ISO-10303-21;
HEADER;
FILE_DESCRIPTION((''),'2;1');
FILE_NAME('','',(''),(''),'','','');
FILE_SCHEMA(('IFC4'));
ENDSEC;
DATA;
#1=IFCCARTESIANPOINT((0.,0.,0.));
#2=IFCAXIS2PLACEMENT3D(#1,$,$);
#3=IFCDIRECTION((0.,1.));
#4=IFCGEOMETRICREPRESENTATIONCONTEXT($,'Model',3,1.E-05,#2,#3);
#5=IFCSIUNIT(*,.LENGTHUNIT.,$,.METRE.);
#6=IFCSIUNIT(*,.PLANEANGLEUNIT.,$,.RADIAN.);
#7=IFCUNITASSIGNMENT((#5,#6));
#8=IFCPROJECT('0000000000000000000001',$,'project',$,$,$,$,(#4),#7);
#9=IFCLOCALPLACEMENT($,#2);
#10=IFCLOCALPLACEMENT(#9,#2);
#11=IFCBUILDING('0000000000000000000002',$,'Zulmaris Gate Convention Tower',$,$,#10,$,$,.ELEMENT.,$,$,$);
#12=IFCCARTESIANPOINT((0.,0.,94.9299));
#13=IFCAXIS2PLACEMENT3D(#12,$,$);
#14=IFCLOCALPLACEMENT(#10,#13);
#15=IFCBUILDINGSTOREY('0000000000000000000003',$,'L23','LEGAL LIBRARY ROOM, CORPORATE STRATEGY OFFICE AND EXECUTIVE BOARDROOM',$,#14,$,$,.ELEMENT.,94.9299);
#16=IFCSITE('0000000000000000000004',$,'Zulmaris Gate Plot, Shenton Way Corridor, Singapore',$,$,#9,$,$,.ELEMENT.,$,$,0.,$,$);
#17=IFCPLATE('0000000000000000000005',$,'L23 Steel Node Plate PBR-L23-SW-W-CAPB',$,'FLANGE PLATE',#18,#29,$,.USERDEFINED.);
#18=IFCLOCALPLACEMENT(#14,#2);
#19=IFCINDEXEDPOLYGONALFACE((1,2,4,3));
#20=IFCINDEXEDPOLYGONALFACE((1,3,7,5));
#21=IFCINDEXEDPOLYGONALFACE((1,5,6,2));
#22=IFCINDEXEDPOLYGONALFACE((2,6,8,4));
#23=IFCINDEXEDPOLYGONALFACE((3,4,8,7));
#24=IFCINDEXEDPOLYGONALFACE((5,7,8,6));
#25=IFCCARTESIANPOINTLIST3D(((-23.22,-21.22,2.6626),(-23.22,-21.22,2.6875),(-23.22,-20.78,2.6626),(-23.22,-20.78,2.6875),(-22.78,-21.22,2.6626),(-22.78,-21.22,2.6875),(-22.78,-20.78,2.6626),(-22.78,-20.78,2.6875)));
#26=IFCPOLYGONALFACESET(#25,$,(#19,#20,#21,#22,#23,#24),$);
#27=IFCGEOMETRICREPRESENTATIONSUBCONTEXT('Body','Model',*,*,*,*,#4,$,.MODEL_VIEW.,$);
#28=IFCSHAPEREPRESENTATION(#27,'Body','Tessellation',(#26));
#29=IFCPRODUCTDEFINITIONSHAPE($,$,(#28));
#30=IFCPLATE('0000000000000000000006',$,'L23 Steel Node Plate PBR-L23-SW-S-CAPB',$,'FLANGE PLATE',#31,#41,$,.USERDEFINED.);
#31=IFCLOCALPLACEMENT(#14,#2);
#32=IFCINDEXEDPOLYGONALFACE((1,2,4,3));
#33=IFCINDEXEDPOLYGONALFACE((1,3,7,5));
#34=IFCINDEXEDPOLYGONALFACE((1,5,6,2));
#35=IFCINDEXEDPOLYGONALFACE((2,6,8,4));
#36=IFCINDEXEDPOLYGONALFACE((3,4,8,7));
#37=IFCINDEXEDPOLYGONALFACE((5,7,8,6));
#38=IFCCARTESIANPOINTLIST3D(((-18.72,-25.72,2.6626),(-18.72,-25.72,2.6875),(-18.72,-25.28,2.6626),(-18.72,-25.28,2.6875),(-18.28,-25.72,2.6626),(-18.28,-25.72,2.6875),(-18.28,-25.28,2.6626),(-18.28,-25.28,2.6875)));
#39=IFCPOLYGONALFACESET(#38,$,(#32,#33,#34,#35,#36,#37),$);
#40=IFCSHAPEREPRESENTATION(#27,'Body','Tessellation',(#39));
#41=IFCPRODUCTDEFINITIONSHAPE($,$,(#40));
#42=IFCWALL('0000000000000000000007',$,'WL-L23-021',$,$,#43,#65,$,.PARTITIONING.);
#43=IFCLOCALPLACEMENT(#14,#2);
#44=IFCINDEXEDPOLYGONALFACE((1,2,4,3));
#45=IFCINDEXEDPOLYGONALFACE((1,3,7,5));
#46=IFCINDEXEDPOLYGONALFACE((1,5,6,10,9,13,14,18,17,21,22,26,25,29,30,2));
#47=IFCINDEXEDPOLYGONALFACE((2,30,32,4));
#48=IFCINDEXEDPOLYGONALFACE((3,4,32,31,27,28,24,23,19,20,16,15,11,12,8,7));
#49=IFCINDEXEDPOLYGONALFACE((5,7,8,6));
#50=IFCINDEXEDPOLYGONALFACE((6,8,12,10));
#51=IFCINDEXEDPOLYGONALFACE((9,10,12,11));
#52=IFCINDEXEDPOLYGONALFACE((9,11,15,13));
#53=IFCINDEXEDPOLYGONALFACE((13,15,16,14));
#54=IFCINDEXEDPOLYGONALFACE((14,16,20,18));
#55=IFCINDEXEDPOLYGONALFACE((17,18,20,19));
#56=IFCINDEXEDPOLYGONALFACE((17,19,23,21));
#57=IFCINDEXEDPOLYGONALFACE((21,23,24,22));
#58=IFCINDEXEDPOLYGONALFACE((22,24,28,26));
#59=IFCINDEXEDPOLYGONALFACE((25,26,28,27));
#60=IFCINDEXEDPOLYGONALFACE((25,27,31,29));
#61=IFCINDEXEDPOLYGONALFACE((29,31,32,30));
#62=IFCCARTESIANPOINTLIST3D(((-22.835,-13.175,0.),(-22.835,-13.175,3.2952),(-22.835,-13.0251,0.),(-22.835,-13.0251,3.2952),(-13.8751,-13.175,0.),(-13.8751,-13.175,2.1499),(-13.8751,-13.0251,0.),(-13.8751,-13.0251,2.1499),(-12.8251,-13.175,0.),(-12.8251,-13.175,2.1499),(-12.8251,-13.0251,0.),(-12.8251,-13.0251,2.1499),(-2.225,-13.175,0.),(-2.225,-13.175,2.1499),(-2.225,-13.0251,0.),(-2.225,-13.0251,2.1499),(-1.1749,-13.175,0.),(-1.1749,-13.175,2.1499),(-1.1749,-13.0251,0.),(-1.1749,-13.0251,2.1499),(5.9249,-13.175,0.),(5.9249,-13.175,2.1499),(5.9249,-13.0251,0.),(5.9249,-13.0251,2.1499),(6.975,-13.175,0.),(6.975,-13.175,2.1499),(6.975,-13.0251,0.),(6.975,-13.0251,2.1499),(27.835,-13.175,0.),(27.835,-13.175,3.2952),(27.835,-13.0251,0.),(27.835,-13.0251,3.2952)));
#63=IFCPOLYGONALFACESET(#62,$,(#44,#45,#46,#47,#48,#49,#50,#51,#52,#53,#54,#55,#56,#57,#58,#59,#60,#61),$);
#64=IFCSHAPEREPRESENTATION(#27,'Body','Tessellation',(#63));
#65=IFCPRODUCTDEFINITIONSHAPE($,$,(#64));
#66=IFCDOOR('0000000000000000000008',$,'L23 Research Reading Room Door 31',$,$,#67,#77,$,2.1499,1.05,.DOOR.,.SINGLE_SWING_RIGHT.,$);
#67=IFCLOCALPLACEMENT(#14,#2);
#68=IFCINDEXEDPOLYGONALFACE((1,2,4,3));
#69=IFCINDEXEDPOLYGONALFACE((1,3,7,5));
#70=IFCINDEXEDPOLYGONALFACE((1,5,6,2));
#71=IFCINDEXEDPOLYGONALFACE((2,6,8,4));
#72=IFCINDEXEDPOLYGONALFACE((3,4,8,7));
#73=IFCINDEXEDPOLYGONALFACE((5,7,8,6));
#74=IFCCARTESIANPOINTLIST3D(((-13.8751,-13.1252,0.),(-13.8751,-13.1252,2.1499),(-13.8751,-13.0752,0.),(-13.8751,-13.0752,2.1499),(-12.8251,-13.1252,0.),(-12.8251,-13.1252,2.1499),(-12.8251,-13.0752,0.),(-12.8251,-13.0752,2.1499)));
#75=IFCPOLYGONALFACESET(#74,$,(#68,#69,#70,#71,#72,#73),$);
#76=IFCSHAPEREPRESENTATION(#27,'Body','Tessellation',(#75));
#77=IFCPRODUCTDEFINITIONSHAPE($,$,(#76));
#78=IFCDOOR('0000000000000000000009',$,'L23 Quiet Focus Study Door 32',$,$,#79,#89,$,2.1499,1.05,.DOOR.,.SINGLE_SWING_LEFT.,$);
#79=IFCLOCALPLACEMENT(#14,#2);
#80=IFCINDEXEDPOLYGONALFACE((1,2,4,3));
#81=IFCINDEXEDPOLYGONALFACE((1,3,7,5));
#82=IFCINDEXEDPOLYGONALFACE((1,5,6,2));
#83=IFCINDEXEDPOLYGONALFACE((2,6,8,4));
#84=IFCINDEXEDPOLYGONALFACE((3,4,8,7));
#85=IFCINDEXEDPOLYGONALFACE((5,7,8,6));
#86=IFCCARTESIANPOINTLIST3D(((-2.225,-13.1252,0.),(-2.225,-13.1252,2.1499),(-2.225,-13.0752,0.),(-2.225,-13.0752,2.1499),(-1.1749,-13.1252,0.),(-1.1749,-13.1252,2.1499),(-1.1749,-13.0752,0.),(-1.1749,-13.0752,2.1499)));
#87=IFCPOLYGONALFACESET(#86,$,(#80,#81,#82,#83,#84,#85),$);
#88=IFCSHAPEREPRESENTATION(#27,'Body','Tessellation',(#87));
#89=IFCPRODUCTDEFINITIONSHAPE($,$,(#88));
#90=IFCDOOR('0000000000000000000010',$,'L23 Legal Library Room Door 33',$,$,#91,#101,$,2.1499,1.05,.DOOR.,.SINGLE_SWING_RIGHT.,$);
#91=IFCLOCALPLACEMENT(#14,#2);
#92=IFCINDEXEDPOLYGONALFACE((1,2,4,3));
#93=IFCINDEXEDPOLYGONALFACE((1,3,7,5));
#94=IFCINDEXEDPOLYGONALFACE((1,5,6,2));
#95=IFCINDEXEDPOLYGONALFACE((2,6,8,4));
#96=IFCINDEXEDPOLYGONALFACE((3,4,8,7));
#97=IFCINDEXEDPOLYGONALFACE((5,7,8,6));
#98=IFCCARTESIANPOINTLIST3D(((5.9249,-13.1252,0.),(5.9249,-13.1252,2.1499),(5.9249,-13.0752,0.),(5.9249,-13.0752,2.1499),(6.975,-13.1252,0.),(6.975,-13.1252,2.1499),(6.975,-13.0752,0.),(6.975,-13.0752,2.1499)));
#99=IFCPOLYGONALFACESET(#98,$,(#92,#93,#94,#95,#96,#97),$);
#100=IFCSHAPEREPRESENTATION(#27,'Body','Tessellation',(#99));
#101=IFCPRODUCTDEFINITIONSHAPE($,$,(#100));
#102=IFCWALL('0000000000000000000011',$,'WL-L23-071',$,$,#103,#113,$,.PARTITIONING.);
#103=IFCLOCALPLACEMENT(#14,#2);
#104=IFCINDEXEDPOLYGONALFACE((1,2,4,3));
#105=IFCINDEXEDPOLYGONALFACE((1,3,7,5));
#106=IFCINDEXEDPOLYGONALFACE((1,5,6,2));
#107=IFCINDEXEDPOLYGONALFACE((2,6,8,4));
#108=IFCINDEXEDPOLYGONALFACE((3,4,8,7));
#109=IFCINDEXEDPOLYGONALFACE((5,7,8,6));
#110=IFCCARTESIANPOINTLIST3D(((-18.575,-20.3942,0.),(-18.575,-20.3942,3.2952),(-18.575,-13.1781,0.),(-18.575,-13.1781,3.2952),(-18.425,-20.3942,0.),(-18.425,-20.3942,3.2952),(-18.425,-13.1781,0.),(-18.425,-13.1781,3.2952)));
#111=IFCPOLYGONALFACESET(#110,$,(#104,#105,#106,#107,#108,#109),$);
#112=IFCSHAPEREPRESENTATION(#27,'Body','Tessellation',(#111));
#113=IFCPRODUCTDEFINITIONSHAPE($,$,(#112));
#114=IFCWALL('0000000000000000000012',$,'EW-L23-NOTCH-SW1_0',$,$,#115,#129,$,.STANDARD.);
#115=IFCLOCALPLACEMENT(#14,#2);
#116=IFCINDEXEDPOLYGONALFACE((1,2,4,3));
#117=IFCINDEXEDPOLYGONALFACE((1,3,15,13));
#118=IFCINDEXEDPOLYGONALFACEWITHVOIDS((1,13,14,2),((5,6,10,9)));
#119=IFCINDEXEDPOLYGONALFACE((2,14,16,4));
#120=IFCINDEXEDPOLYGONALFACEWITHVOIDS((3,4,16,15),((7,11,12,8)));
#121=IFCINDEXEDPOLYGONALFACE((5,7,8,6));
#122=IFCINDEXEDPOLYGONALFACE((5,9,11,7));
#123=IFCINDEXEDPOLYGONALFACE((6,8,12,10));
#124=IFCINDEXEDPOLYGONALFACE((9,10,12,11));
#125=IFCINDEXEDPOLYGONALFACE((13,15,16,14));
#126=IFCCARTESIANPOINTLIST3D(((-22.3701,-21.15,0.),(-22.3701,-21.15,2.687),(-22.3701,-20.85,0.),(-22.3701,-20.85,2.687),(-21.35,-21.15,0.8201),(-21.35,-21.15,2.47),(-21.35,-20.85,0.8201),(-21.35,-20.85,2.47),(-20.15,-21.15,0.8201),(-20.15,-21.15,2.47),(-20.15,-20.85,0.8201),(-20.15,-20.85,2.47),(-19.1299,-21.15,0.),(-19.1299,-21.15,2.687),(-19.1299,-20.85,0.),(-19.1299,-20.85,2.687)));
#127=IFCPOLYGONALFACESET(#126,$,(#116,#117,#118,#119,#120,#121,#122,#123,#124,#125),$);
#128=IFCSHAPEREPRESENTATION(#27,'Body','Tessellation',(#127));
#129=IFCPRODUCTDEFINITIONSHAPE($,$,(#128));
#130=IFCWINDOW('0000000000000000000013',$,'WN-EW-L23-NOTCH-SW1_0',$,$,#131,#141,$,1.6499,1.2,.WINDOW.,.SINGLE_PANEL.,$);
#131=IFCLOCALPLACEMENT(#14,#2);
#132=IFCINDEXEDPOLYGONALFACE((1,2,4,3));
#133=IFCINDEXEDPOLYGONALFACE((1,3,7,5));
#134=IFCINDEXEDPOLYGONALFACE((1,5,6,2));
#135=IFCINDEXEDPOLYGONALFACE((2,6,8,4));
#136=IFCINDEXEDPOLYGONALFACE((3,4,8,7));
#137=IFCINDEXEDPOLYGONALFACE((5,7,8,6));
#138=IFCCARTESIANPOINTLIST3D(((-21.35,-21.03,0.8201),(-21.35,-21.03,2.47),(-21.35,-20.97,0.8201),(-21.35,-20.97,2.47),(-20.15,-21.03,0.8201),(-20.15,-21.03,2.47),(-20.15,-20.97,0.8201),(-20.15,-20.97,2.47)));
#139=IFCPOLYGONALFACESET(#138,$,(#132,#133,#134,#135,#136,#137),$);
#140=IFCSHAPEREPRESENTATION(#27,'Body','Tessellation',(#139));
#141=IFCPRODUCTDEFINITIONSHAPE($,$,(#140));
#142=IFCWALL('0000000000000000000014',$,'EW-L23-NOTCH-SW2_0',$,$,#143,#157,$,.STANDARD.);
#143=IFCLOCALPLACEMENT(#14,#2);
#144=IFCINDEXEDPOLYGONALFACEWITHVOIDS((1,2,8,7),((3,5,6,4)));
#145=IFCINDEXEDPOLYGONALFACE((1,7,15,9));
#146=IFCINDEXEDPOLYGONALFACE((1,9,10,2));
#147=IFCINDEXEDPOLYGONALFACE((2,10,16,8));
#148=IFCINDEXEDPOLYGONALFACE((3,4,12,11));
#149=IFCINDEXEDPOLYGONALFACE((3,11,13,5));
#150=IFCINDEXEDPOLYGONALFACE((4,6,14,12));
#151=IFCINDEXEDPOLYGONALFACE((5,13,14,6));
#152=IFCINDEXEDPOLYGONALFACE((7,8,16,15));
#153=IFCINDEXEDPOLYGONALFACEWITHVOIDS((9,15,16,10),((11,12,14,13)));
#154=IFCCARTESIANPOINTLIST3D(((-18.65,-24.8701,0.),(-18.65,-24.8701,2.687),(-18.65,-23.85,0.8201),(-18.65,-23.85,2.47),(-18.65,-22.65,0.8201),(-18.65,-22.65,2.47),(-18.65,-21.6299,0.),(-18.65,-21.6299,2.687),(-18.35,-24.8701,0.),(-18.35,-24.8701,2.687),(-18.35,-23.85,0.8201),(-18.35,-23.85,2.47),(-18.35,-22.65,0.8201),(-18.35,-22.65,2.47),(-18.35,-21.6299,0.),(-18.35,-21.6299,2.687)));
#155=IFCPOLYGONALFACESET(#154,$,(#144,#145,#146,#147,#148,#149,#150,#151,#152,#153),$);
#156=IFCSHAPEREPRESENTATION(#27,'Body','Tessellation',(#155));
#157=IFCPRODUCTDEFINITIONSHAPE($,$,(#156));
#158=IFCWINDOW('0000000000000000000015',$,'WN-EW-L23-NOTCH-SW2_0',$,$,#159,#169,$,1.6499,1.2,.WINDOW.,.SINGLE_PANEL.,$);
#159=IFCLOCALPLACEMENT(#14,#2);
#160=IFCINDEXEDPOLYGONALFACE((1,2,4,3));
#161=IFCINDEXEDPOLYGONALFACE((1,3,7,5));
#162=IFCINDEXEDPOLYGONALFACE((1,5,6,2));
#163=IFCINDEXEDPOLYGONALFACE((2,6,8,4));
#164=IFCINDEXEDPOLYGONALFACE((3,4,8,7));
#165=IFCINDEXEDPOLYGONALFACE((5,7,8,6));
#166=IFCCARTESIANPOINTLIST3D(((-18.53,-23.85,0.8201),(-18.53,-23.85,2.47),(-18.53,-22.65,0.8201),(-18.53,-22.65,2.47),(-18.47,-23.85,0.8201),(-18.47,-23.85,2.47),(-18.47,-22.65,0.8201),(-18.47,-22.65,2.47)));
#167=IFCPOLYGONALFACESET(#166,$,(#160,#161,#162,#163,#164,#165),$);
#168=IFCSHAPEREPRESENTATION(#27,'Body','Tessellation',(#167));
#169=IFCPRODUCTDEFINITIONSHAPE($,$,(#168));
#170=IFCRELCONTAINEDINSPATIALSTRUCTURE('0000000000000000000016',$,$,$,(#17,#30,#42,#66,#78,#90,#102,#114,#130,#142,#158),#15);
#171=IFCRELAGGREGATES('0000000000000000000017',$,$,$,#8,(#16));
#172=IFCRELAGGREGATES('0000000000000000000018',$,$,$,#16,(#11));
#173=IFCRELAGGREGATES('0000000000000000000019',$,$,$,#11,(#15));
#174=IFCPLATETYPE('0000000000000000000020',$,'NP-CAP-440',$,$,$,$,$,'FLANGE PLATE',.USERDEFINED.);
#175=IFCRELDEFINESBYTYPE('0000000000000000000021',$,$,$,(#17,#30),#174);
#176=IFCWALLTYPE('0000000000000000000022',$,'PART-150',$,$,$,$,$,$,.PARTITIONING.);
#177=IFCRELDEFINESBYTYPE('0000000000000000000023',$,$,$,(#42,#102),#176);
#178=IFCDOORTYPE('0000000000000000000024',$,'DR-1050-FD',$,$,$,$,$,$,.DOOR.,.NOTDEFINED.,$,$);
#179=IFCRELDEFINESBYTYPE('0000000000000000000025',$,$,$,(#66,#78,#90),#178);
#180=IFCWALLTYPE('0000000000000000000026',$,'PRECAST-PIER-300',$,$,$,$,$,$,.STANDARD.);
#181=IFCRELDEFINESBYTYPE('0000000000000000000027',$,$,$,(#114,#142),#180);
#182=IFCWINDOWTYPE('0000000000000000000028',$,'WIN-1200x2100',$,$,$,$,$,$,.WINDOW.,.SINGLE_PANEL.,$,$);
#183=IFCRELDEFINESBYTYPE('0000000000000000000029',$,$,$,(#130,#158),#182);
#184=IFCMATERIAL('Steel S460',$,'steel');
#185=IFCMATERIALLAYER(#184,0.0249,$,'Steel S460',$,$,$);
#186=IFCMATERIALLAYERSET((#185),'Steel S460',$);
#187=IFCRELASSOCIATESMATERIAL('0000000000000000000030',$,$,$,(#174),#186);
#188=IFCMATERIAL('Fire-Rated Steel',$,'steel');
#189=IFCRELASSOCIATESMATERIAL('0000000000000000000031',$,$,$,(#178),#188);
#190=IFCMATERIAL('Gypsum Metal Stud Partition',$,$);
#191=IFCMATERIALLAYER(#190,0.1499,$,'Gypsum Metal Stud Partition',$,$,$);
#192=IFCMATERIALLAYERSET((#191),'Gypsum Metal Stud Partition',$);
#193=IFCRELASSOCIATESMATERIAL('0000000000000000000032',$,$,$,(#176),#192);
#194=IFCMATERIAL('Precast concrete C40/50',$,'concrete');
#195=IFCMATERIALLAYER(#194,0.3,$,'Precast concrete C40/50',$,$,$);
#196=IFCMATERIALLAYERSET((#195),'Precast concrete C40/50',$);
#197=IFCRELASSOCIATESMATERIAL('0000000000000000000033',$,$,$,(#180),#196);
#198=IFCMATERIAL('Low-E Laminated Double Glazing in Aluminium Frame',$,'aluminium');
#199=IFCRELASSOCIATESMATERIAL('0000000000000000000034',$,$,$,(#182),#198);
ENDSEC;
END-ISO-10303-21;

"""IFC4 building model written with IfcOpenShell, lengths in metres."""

from ifc_helpers import new_model, si_unit, direction, frame, frame_2d, origin, origin_2d, place, context, subcontext, project, spatial, rectangle, extrude, material, layer, layer_set, type_object, element, fill, save


model = new_model("IFC4")

# Units and contexts
model_context = context("Model", 3, precision=1e-05, world=origin(), true_north=direction((0.0, 1.0)))
body_context = subcontext(model_context, "Body", "Model", "MODEL_VIEW")
ifc_project = project(units=[si_unit("LENGTHUNIT", "METRE"), si_unit("PLANEANGLEUNIT", "RADIAN")], contexts=[model_context])

# Site, building, storey
site_placement = place(None, origin())
site = spatial("IfcSite", under=ifc_project, at=site_placement, Name="Zulmaris Gate Plot, Shenton Way Corridor, Singapore", CompositionType="ELEMENT", RefElevation=0.0)
building_placement = place(site_placement, origin())
building = spatial("IfcBuilding", under=site, at=building_placement, Name="Zulmaris Gate Convention Tower", CompositionType="ELEMENT")
storey_placement = place(building_placement, frame((0.0, 0.0, 94.9299)))
storey = spatial("IfcBuildingStorey", under=building, at=storey_placement, Name="L23", Description="LEGAL LIBRARY ROOM, CORPORATE STRATEGY OFFICE AND EXECUTIVE BOARDROOM", CompositionType="ELEMENT", Elevation=94.9299)

# Plates
ifc_material_1 = material(Name="Steel S460", Category="steel")
ifc_layer_1 = layer(ifc_material_1, 0.0249, Name="Steel S460")
ifc_layer_set_1 = layer_set([ifc_layer_1], Name="Steel S460")
plate_type = type_object("IfcPlateType", Name="NP-CAP-440", ElementType="FLANGE PLATE", PredefinedType="USERDEFINED", material=ifc_layer_set_1)
for number, where, z_axis, x_axis, name in (
    (1, (-23.0, -21.0, 2.6626), (0.0, 0.0, 1.0), (1.0, 0.0, 0.0), "L23 Steel Node Plate PBR-L23-SW-W-CAPB"),
    (2, (-18.5, -25.5, 2.6626), (0.0, 0.0, 1.0), (1.0, 0.0, 0.0), "L23 Steel Node Plate PBR-L23-SW-S-CAPB"),
):
    element("IfcPlate", number, at=place(storey_placement, frame(where, z_axis=z_axis, x_axis=x_axis)), inside=storey, type_object=plate_type, Name=name, ObjectType="FLANGE PLATE", PredefinedType="USERDEFINED", context=body_context, shape_type="SweptSolid", body=[
        extrude(rectangle(XDim=0.4399, YDim=0.4399, at=origin_2d()), origin(), (0.0, 0.0, 1.0), 0.0249),
    ])

# Shared definitions
ifc_material_2 = material(Name="Fire-Rated Steel", Category="steel")
door_type_1 = type_object("IfcDoorType", Name="DR-1050-FD", OperationType="NOTDEFINED", PredefinedType="DOOR", material=ifc_material_2)

# Wall, openings, doors
ifc_material_3 = material(Name="Gypsum Metal Stud Partition")
ifc_layer_2 = layer(ifc_material_3, 0.1499, Name="Gypsum Metal Stud Partition")
ifc_layer_set_2 = layer_set([ifc_layer_2], Name="Gypsum Metal Stud Partition")
wall_type_1 = type_object("IfcWallType", Name="PART-150", PredefinedType="PARTITIONING", material=ifc_layer_set_2)
wall_1_placement = place(storey_placement, frame((-22.835, -13.1001, 0.0), z_axis=(0.0, 0.0, 1.0), x_axis=(1.0, 0.0, 0.0)))
wall_1 = element("IfcWall", 3, at=wall_1_placement, inside=storey, type_object=wall_type_1, Name="WL-L23-021", PredefinedType="PARTITIONING", context=body_context, shape_type="SweptSolid", body=[
    extrude(rectangle(XDim=50.6699, YDim=0.1499, at=frame_2d((25.335, 0.0))), origin(), (0.0, 0.0, 1.0), 3.2952),
])
opening_1_placement = place(wall_1_placement, frame((8.96, 0.0, 0.0)))
opening_1 = element("IfcOpeningElement", 4, at=opening_1_placement, cuts=wall_1, PredefinedType="OPENING", context=body_context, shape_type="SweptSolid", body=[
    extrude(rectangle(XDim=1.05, YDim=2.1499, at=frame_2d((0.5249, 1.075))), frame((0.0, 0.085, 0.0), z_axis=(0.0, -1.0, 0.0), x_axis=(1.0, 0.0, 0.0)), (0.0, 0.0, 1.0), 0.1699),
])
opening_2_placement = place(wall_1_placement, frame((20.6101, 0.0, 0.0)))
opening_2 = element("IfcOpeningElement", 5, at=opening_2_placement, cuts=wall_1, PredefinedType="OPENING", context=body_context, shape_type="SweptSolid", body=[
    extrude(rectangle(XDim=1.05, YDim=2.1499, at=frame_2d((0.5249, 1.075))), frame((0.0, 0.085, 0.0), z_axis=(0.0, -1.0, 0.0), x_axis=(1.0, 0.0, 0.0)), (0.0, 0.0, 1.0), 0.1699),
])
opening_3_placement = place(wall_1_placement, frame((28.76, 0.0, 0.0)))
opening_3 = element("IfcOpeningElement", 6, at=opening_3_placement, cuts=wall_1, PredefinedType="OPENING", context=body_context, shape_type="SweptSolid", body=[
    extrude(rectangle(XDim=1.05, YDim=2.1499, at=frame_2d((0.5249, 1.075))), frame((0.0, 0.085, 0.0), z_axis=(0.0, -1.0, 0.0), x_axis=(1.0, 0.0, 0.0)), (0.0, 0.0, 1.0), 0.1699),
])
door_1_placement = place(opening_1_placement, origin())
door_1 = element("IfcDoor", 7, at=door_1_placement, inside=storey, type_object=door_type_1, Name="L23 Research Reading Room Door 31", OperationType="SINGLE_SWING_RIGHT", OverallHeight=2.1499, OverallWidth=1.05, PredefinedType="DOOR", context=body_context, shape_type="SweptSolid", body=[
    extrude(rectangle(XDim=1.05, YDim=2.1499, at=frame_2d((0.5249, 1.075))), frame((0.0, 0.0249, 0.0), z_axis=(0.0, -1.0, 0.0), x_axis=(1.0, 0.0, 0.0)), (0.0, 0.0, 1.0), 0.05),
])
fill(opening_1, door_1)
door_2_placement = place(opening_2_placement, origin())
door_2 = element("IfcDoor", 8, at=door_2_placement, inside=storey, type_object=door_type_1, Name="L23 Quiet Focus Study Door 32", OperationType="SINGLE_SWING_LEFT", OverallHeight=2.1499, OverallWidth=1.05, PredefinedType="DOOR", context=body_context, shape_type="SweptSolid", body=[
    extrude(rectangle(XDim=1.05, YDim=2.1499, at=frame_2d((0.5249, 1.075))), frame((0.0, 0.0249, 0.0), z_axis=(0.0, -1.0, 0.0), x_axis=(1.0, 0.0, 0.0)), (0.0, 0.0, 1.0), 0.05),
])
fill(opening_2, door_2)
door_3_placement = place(opening_3_placement, origin())
door_3 = element("IfcDoor", 9, at=door_3_placement, inside=storey, type_object=door_type_1, Name="L23 Legal Library Room Door 33", OperationType="SINGLE_SWING_RIGHT", OverallHeight=2.1499, OverallWidth=1.05, PredefinedType="DOOR", context=body_context, shape_type="SweptSolid", body=[
    extrude(rectangle(XDim=1.05, YDim=2.1499, at=frame_2d((0.5249, 1.075))), frame((0.0, 0.0249, 0.0), z_axis=(0.0, -1.0, 0.0), x_axis=(1.0, 0.0, 0.0)), (0.0, 0.0, 1.0), 0.05),
])
fill(opening_3, door_3)

# Wall
wall_2_placement = place(storey_placement, frame((-18.5, -20.394, 0.0), z_axis=(0.0, 0.0, 1.0), x_axis=(0.0, 1.0, 0.0)))
element("IfcWall", 10, at=wall_2_placement, inside=storey, type_object=wall_type_1, Name="WL-L23-071", PredefinedType="PARTITIONING", context=body_context, shape_type="SweptSolid", body=[
    extrude(rectangle(XDim=7.2161, YDim=0.1499, at=frame_2d((3.6079, 0.0))), origin(), (0.0, 0.0, 1.0), 3.2952),
])

# Walls, openings, windows
ifc_material_4 = material(Name="Precast concrete C40/50", Category="concrete")
ifc_layer_3 = layer(ifc_material_4, 0.3, Name="Precast concrete C40/50")
ifc_layer_set_3 = layer_set([ifc_layer_3], Name="Precast concrete C40/50")
wall_type_2 = type_object("IfcWallType", Name="PRECAST-PIER-300", PredefinedType="STANDARD", material=ifc_layer_set_3)
wall_3_placement = place(storey_placement, frame((-22.3701, -21.0, 0.0), z_axis=(0.0, 0.0, 1.0), x_axis=(1.0, 0.0, 0.0)))
wall_3 = element("IfcWall", 11, at=wall_3_placement, inside=storey, type_object=wall_type_2, Name="EW-L23-NOTCH-SW1_0", PredefinedType="STANDARD", context=body_context, shape_type="SweptSolid", body=[
    extrude(rectangle(XDim=3.2402, YDim=0.3, at=frame_2d((1.6201, 0.0))), origin(), (0.0, 0.0, 1.0), 2.687),
])
opening_4_placement = place(wall_3_placement, frame((1.02, 0.0, 0.8201)))
opening_4 = element("IfcOpeningElement", 12, at=opening_4_placement, cuts=wall_3, PredefinedType="OPENING", context=body_context, shape_type="SweptSolid", body=[
    extrude(rectangle(XDim=1.2, YDim=1.6499, at=frame_2d((0.6001, 0.825))), frame((0.0, 0.1602, 0.0), z_axis=(0.0, -1.0, 0.0), x_axis=(1.0, 0.0, 0.0)), (0.0, 0.0, 1.0), 0.3201),
])
ifc_material_5 = material(Name="Low-E Laminated Double Glazing in Aluminium Frame", Category="aluminium")
window_type = type_object("IfcWindowType", Name="WIN-1200x2100", PartitioningType="SINGLE_PANEL", PredefinedType="WINDOW", material=ifc_material_5)
window_1_placement = place(opening_4_placement, origin())
window_1 = element("IfcWindow", 13, at=window_1_placement, inside=storey, type_object=window_type, Name="WN-EW-L23-NOTCH-SW1_0", OverallHeight=1.6499, OverallWidth=1.2, PartitioningType="SINGLE_PANEL", PredefinedType="WINDOW", context=body_context, shape_type="SweptSolid", body=[
    extrude(rectangle(XDim=1.2, YDim=1.6499, at=frame_2d((0.6001, 0.825))), frame((0.0, 0.03, 0.0), z_axis=(0.0, -1.0, 0.0), x_axis=(1.0, 0.0, 0.0)), (0.0, 0.0, 1.0), 0.0601),
])
fill(opening_4, window_1)
wall_4_placement = place(storey_placement, frame((-18.5, -21.6299, 0.0), z_axis=(0.0, 0.0, 1.0), x_axis=(0.0, -1.0, 0.0)))
wall_4 = element("IfcWall", 14, at=wall_4_placement, inside=storey, type_object=wall_type_2, Name="EW-L23-NOTCH-SW2_0", PredefinedType="STANDARD", context=body_context, shape_type="SweptSolid", body=[
    extrude(rectangle(XDim=3.2402, YDim=0.3, at=frame_2d((1.6201, 0.0))), origin(), (0.0, 0.0, 1.0), 2.687),
])
opening_5_placement = place(wall_4_placement, frame((1.02, 0.0, 0.8201)))
opening_5 = element("IfcOpeningElement", 15, at=opening_5_placement, cuts=wall_4, PredefinedType="OPENING", context=body_context, shape_type="SweptSolid", body=[
    extrude(rectangle(XDim=1.2, YDim=1.6499, at=frame_2d((0.6001, 0.825))), frame((0.0, 0.1602, 0.0), z_axis=(0.0, -1.0, 0.0), x_axis=(1.0, 0.0, 0.0)), (0.0, 0.0, 1.0), 0.3201),
])
window_2_placement = place(opening_5_placement, origin())
window_2 = element("IfcWindow", 16, at=window_2_placement, inside=storey, type_object=window_type, Name="WN-EW-L23-NOTCH-SW2_0", OverallHeight=1.6499, OverallWidth=1.2, PartitioningType="SINGLE_PANEL", PredefinedType="WINDOW", context=body_context, shape_type="SweptSolid", body=[
    extrude(rectangle(XDim=1.2, YDim=1.6499, at=frame_2d((0.6001, 0.825))), frame((0.0, 0.03, 0.0), z_axis=(0.0, -1.0, 0.0), x_axis=(1.0, 0.0, 0.0)), (0.0, 0.0, 1.0), 0.0601),
])
fill(opening_5, window_2)

save(model, "model.ifc")
